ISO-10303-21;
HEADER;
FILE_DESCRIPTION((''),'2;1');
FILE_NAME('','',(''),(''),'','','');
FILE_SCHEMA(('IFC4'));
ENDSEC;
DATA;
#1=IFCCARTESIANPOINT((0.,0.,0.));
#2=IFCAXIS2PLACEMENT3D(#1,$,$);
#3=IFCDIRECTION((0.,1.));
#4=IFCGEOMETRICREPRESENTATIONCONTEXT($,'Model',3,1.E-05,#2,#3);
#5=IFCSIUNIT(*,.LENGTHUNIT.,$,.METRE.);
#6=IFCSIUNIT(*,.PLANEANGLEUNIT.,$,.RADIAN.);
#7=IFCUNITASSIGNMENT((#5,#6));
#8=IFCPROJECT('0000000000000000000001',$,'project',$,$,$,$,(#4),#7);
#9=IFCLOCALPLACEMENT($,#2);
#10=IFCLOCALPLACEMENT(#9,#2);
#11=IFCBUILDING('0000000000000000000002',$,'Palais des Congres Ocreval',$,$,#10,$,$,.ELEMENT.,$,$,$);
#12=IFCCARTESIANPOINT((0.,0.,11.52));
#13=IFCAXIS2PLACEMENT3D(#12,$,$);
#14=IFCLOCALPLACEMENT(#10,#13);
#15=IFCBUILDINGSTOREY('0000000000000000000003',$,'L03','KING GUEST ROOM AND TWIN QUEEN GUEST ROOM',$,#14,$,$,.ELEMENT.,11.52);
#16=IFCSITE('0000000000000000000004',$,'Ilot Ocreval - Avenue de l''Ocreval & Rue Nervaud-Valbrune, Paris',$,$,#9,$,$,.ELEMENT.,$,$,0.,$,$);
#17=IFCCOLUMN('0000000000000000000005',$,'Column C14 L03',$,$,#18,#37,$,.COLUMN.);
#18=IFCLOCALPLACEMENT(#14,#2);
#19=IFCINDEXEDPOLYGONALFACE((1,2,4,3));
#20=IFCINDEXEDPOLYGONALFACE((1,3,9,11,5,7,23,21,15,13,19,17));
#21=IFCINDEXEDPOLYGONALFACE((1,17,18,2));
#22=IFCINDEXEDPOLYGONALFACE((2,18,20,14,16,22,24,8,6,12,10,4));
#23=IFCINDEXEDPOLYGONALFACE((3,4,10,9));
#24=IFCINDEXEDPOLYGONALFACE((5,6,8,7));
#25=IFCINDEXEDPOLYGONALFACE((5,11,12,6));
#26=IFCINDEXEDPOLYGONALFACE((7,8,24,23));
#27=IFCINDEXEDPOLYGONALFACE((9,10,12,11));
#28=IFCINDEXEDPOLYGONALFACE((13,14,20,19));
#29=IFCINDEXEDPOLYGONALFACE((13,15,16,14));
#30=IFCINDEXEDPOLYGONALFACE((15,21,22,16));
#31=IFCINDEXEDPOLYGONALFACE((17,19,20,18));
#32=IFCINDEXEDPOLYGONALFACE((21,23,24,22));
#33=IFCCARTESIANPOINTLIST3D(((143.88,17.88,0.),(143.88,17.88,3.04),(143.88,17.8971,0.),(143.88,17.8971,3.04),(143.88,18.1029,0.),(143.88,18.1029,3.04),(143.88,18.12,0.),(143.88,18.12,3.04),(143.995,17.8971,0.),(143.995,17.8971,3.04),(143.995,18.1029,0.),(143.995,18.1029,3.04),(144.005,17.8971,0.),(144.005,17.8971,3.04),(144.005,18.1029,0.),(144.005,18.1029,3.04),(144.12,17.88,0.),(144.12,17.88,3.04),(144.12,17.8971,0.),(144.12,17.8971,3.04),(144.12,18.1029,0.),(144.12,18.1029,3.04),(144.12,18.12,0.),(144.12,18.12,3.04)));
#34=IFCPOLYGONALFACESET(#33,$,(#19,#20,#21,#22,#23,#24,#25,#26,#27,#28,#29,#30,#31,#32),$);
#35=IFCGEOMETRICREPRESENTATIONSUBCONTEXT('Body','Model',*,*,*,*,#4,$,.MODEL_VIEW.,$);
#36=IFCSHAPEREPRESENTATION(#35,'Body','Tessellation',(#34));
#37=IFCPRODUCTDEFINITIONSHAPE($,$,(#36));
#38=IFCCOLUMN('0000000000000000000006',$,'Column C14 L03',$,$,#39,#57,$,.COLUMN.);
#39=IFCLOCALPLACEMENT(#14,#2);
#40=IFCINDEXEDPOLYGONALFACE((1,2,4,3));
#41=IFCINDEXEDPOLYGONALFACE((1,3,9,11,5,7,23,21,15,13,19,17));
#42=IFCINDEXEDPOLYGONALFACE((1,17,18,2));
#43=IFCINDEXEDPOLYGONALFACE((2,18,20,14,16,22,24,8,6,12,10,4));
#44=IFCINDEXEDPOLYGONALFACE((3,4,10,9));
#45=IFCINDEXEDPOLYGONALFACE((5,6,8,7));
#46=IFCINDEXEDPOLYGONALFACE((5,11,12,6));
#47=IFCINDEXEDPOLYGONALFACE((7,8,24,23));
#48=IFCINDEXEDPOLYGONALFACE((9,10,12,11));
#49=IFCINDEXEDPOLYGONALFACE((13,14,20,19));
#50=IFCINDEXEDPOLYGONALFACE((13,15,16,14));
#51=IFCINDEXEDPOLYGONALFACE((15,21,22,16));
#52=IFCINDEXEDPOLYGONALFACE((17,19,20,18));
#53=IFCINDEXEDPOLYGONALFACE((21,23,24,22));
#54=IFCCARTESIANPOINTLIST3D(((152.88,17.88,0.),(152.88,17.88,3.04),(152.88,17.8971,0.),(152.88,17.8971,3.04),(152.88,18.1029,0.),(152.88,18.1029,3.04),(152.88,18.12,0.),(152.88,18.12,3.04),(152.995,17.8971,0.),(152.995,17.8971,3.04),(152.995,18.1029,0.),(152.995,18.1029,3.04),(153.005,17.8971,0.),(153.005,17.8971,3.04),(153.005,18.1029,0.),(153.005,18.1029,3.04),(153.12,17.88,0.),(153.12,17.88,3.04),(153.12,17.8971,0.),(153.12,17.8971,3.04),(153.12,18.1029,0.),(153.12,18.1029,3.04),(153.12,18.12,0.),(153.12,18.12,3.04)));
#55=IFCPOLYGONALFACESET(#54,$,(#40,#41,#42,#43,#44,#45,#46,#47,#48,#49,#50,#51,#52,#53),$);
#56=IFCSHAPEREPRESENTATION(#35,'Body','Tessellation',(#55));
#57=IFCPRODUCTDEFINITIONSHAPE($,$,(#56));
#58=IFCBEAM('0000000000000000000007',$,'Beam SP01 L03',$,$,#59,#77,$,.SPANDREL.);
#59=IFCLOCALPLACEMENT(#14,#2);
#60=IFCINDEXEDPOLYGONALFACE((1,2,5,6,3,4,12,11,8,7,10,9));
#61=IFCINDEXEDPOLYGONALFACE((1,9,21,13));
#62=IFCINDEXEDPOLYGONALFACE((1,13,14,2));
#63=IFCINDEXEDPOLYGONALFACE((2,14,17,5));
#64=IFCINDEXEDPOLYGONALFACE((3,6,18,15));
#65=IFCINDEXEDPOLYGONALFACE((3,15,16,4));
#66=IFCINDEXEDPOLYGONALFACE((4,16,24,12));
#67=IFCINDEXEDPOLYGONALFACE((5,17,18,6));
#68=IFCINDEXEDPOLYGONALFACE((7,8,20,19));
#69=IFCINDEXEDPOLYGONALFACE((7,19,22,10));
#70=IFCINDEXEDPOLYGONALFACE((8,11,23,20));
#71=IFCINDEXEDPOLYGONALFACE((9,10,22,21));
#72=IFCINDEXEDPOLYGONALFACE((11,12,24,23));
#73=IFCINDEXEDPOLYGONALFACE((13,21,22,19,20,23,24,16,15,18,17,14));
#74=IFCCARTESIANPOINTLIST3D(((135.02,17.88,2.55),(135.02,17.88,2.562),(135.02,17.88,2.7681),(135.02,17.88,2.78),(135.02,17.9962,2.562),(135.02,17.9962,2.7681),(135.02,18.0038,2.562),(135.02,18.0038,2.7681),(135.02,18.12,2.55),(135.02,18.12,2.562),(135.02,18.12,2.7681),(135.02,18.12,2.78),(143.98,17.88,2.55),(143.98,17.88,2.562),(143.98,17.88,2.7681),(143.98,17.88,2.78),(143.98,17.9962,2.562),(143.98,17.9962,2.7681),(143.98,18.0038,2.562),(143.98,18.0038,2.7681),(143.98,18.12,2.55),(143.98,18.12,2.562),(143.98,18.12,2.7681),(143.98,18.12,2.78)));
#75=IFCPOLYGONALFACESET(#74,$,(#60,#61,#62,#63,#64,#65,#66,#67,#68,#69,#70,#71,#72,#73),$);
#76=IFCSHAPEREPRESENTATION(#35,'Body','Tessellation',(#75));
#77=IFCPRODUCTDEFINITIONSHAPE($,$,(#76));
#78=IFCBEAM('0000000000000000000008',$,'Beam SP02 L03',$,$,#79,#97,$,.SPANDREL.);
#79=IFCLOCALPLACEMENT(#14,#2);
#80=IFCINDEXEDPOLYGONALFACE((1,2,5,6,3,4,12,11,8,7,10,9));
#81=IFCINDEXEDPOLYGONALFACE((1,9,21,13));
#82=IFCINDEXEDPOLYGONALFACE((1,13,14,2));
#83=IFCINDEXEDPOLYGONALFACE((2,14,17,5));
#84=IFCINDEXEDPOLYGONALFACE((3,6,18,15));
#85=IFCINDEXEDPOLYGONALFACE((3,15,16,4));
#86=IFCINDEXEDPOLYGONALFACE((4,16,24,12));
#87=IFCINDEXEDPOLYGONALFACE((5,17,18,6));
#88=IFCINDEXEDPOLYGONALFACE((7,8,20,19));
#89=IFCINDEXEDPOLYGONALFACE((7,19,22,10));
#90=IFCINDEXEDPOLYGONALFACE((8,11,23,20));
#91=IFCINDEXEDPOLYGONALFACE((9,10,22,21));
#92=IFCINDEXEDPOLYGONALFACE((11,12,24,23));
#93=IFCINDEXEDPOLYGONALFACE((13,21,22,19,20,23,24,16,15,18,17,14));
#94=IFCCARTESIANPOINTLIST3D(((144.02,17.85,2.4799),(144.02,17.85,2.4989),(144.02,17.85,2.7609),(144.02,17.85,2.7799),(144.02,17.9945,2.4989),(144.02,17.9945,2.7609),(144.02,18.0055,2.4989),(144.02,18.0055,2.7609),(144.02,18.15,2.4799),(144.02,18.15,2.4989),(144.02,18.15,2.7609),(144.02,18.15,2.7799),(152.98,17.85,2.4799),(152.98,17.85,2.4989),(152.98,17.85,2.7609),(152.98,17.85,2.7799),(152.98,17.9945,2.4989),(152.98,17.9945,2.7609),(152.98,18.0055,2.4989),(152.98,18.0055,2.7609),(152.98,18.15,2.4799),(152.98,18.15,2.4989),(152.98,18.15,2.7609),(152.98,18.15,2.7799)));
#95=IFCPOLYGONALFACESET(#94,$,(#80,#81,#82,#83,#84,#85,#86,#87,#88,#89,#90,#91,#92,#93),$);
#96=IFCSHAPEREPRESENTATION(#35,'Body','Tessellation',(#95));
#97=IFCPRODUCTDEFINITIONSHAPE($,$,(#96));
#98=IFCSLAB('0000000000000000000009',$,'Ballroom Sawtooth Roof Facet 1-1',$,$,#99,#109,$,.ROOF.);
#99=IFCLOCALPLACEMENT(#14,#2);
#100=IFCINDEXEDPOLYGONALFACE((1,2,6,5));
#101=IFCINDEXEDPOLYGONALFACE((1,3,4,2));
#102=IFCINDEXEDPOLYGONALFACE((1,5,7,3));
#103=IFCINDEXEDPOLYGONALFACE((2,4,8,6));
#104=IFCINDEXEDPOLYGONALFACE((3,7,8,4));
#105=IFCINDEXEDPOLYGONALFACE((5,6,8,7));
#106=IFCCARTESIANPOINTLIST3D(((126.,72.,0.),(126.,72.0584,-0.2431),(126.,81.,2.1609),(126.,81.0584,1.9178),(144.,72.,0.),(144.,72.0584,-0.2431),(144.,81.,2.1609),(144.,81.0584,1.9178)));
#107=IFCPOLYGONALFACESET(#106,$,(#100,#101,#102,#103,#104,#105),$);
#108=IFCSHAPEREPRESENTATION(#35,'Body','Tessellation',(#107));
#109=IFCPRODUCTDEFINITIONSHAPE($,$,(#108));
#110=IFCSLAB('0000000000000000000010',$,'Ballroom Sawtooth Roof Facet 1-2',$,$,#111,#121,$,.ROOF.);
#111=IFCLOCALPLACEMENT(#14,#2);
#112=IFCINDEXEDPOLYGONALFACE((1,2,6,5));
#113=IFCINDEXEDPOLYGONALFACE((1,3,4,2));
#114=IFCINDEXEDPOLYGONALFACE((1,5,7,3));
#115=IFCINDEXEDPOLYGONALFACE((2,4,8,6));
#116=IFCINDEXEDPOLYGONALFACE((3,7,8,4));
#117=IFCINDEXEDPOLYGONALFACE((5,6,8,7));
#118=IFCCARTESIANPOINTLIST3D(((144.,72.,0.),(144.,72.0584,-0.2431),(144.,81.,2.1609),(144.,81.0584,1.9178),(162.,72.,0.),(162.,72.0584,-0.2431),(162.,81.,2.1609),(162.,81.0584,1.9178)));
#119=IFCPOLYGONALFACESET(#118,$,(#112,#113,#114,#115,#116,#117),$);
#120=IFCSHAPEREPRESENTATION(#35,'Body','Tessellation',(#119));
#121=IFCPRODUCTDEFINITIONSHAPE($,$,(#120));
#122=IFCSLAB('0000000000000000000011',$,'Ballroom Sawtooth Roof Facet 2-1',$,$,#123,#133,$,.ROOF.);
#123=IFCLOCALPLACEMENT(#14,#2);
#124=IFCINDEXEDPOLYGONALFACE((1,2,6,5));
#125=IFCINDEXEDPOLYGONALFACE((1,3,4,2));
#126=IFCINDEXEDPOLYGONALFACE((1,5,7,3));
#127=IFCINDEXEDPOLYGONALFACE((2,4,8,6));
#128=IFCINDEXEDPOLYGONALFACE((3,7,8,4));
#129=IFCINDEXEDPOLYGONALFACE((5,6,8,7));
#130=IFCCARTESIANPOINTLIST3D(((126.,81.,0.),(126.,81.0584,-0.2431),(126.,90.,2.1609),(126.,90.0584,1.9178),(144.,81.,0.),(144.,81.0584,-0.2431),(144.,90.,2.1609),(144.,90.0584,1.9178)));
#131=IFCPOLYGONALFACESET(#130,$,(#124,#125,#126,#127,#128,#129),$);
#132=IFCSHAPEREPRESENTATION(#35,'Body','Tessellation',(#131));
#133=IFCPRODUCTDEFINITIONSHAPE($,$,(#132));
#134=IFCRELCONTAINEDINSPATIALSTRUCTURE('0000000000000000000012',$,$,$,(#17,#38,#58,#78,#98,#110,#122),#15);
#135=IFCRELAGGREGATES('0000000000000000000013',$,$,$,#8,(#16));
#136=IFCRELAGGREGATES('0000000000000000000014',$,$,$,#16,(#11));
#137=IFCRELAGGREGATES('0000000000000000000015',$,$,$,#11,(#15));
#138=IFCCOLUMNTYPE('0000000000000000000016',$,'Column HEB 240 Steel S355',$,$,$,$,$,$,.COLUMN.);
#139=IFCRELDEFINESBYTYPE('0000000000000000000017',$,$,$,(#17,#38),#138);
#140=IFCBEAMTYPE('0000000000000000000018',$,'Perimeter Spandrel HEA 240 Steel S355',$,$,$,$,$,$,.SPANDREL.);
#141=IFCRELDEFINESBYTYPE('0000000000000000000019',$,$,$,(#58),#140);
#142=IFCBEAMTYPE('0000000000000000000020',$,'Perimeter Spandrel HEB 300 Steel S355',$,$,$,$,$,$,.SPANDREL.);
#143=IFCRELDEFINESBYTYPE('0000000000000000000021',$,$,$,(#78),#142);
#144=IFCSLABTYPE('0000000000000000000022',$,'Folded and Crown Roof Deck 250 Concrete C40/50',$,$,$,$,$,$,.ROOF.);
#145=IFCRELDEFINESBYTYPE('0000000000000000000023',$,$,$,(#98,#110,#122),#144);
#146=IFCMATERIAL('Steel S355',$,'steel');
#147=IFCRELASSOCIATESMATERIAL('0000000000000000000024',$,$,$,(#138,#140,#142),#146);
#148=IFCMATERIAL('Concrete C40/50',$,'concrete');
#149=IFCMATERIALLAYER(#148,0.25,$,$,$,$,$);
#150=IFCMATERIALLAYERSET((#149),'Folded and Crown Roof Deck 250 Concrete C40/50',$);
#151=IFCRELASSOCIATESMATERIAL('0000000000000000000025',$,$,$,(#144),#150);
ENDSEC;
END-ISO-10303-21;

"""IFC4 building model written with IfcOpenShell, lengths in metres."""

from ifc_helpers import new_model, si_unit, direction, frame, origin, origin_2d, place, context, subcontext, project, spatial, polyline, i_section, outline, extrude, material, layer, layer_set, material_profile, profile_set, type_object, element, save


model = new_model("IFC4")

# Units and contexts
model_context = context("Model", 3, precision=1e-05, world=origin(), true_north=direction((0.0, 1.0)))
body_context = subcontext(model_context, "Body", "Model", "MODEL_VIEW")
ifc_project = project(units=[si_unit("LENGTHUNIT", "METRE"), si_unit("PLANEANGLEUNIT", "RADIAN")], contexts=[model_context])

# Site, building, storey
site_placement = place(None, origin())
site = spatial("IfcSite", under=ifc_project, at=site_placement, Name="Ilot Ocreval - Avenue de l'Ocreval & Rue Nervaud-Valbrune, Paris", CompositionType="ELEMENT", RefElevation=0.0)
building_placement = place(site_placement, origin())
building = spatial("IfcBuilding", under=site, at=building_placement, Name="Palais des Congres Ocreval", CompositionType="ELEMENT")
storey_placement = place(building_placement, frame((0.0, 0.0, 11.52)))
storey = spatial("IfcBuildingStorey", under=building, at=storey_placement, Name="L03", Description="KING GUEST ROOM AND TWIN QUEEN GUEST ROOM", CompositionType="ELEMENT", Elevation=11.52)

# Columns
ifc_material_1 = material(Name="Steel S355", Category="steel")
ifc_material_profile_1 = material_profile(ifc_material_1, i_section(OverallWidth=0.24, OverallDepth=0.24, WebThickness=0.01, FlangeThickness=0.0171, at=origin_2d()), Name="HEB 240")
ifc_profile_set_1 = profile_set([ifc_material_profile_1], Name="Steel S355")
column_type = type_object("IfcColumnType", Name="Column HEB 240 Steel S355", PredefinedType="COLUMN", material=ifc_profile_set_1)
for number, where, z_axis, x_axis, name in (
    (1, (144.0, 18.0, 0.0), (0.0, 0.0, 1.0), (1.0, 0.0, 0.0), "Column C14 L03"),
    (2, (153.0, 18.0, 0.0), (0.0, 0.0, 1.0), (1.0, 0.0, 0.0), "Column C14 L03"),
):
    element("IfcColumn", number, at=place(storey_placement, frame(where, z_axis=z_axis, x_axis=x_axis)), inside=storey, type_object=column_type, Name=name, PredefinedType="COLUMN", context=body_context, shape_type="SweptSolid", body=[
        extrude(i_section(OverallWidth=0.24, OverallDepth=0.24, WebThickness=0.01, FlangeThickness=0.0171, at=origin_2d()), origin(), (0.0, 0.0, 1.0), 3.04),
    ])

# Beams
ifc_material_profile_2 = material_profile(ifc_material_1, i_section(OverallWidth=0.24, OverallDepth=0.23, WebThickness=0.0076, FlangeThickness=0.012, at=origin_2d()), Name="HEA 240")
ifc_profile_set_2 = profile_set([ifc_material_profile_2], Name="Steel S355")
beam_type_1 = type_object("IfcBeamType", Name="Perimeter Spandrel HEA 240 Steel S355", PredefinedType="SPANDREL", material=ifc_profile_set_2)
beam_1_placement = place(storey_placement, frame((135.02, 18.0, 2.665), z_axis=(1.0, 0.0, 0.0), x_axis=(0.0, 1.0, 0.0)))
element("IfcBeam", 3, at=beam_1_placement, inside=storey, type_object=beam_type_1, Name="Beam SP01 L03", PredefinedType="SPANDREL", context=body_context, shape_type="SweptSolid", body=[
    extrude(i_section(OverallWidth=0.24, OverallDepth=0.23, WebThickness=0.0076, FlangeThickness=0.012, at=origin_2d()), origin(), (0.0, 0.0, 1.0), 8.96),
])
ifc_material_profile_3 = material_profile(ifc_material_1, i_section(OverallWidth=0.3, OverallDepth=0.3, WebThickness=0.011, FlangeThickness=0.019, at=origin_2d()), Name="HEB 300")
ifc_profile_set_3 = profile_set([ifc_material_profile_3], Name="Steel S355")
beam_type_2 = type_object("IfcBeamType", Name="Perimeter Spandrel HEB 300 Steel S355", PredefinedType="SPANDREL", material=ifc_profile_set_3)
beam_2_placement = place(storey_placement, frame((144.02, 18.0, 2.6299), z_axis=(1.0, 0.0, 0.0), x_axis=(0.0, 1.0, 0.0)))
element("IfcBeam", 4, at=beam_2_placement, inside=storey, type_object=beam_type_2, Name="Beam SP02 L03", PredefinedType="SPANDREL", context=body_context, shape_type="SweptSolid", body=[
    extrude(i_section(OverallWidth=0.3, OverallDepth=0.3, WebThickness=0.011, FlangeThickness=0.019, at=origin_2d()), origin(), (0.0, 0.0, 1.0), 8.96),
])

# Slabs
ifc_material_2 = material(Name="Concrete C40/50", Category="concrete")
ifc_layer_1 = layer(ifc_material_2, 0.25)
ifc_layer_set_1 = layer_set([ifc_layer_1], Name="Folded and Crown Roof Deck 250 Concrete C40/50")
slab_type = type_object("IfcSlabType", Name="Folded and Crown Roof Deck 250 Concrete C40/50", PredefinedType="ROOF", material=ifc_layer_set_1)
for number, where, z_axis, x_axis, name in (
    (5, (126.0, 72.0, 0.0), (0.0, -0.233464, 0.972366), (1.0, 0.0, 0.0), "Ballroom Sawtooth Roof Facet 1-1"),
    (6, (144.0, 72.0, 0.0), (0.0, -0.233464, 0.972366), (1.0, 0.0, 0.0), "Ballroom Sawtooth Roof Facet 1-2"),
    (7, (126.0, 81.0, 0.0), (0.0, -0.233464, 0.972366), (1.0, 0.0, 0.0), "Ballroom Sawtooth Roof Facet 2-1"),
):
    element("IfcSlab", number, at=place(storey_placement, frame(where, z_axis=z_axis, x_axis=x_axis)), inside=storey, type_object=slab_type, Name=name, PredefinedType="ROOF", context=body_context, shape_type="SweptSolid", body=[
        extrude(outline(polyline([(0.0, 0.0), (18.0, 0.0), (18.0, 9.2558), (0.0, 9.2558), (0.0, 0.0)])), origin(), (0.0, 0.0, -1.0), 0.25),
    ])

save(model, "model.ifc")
